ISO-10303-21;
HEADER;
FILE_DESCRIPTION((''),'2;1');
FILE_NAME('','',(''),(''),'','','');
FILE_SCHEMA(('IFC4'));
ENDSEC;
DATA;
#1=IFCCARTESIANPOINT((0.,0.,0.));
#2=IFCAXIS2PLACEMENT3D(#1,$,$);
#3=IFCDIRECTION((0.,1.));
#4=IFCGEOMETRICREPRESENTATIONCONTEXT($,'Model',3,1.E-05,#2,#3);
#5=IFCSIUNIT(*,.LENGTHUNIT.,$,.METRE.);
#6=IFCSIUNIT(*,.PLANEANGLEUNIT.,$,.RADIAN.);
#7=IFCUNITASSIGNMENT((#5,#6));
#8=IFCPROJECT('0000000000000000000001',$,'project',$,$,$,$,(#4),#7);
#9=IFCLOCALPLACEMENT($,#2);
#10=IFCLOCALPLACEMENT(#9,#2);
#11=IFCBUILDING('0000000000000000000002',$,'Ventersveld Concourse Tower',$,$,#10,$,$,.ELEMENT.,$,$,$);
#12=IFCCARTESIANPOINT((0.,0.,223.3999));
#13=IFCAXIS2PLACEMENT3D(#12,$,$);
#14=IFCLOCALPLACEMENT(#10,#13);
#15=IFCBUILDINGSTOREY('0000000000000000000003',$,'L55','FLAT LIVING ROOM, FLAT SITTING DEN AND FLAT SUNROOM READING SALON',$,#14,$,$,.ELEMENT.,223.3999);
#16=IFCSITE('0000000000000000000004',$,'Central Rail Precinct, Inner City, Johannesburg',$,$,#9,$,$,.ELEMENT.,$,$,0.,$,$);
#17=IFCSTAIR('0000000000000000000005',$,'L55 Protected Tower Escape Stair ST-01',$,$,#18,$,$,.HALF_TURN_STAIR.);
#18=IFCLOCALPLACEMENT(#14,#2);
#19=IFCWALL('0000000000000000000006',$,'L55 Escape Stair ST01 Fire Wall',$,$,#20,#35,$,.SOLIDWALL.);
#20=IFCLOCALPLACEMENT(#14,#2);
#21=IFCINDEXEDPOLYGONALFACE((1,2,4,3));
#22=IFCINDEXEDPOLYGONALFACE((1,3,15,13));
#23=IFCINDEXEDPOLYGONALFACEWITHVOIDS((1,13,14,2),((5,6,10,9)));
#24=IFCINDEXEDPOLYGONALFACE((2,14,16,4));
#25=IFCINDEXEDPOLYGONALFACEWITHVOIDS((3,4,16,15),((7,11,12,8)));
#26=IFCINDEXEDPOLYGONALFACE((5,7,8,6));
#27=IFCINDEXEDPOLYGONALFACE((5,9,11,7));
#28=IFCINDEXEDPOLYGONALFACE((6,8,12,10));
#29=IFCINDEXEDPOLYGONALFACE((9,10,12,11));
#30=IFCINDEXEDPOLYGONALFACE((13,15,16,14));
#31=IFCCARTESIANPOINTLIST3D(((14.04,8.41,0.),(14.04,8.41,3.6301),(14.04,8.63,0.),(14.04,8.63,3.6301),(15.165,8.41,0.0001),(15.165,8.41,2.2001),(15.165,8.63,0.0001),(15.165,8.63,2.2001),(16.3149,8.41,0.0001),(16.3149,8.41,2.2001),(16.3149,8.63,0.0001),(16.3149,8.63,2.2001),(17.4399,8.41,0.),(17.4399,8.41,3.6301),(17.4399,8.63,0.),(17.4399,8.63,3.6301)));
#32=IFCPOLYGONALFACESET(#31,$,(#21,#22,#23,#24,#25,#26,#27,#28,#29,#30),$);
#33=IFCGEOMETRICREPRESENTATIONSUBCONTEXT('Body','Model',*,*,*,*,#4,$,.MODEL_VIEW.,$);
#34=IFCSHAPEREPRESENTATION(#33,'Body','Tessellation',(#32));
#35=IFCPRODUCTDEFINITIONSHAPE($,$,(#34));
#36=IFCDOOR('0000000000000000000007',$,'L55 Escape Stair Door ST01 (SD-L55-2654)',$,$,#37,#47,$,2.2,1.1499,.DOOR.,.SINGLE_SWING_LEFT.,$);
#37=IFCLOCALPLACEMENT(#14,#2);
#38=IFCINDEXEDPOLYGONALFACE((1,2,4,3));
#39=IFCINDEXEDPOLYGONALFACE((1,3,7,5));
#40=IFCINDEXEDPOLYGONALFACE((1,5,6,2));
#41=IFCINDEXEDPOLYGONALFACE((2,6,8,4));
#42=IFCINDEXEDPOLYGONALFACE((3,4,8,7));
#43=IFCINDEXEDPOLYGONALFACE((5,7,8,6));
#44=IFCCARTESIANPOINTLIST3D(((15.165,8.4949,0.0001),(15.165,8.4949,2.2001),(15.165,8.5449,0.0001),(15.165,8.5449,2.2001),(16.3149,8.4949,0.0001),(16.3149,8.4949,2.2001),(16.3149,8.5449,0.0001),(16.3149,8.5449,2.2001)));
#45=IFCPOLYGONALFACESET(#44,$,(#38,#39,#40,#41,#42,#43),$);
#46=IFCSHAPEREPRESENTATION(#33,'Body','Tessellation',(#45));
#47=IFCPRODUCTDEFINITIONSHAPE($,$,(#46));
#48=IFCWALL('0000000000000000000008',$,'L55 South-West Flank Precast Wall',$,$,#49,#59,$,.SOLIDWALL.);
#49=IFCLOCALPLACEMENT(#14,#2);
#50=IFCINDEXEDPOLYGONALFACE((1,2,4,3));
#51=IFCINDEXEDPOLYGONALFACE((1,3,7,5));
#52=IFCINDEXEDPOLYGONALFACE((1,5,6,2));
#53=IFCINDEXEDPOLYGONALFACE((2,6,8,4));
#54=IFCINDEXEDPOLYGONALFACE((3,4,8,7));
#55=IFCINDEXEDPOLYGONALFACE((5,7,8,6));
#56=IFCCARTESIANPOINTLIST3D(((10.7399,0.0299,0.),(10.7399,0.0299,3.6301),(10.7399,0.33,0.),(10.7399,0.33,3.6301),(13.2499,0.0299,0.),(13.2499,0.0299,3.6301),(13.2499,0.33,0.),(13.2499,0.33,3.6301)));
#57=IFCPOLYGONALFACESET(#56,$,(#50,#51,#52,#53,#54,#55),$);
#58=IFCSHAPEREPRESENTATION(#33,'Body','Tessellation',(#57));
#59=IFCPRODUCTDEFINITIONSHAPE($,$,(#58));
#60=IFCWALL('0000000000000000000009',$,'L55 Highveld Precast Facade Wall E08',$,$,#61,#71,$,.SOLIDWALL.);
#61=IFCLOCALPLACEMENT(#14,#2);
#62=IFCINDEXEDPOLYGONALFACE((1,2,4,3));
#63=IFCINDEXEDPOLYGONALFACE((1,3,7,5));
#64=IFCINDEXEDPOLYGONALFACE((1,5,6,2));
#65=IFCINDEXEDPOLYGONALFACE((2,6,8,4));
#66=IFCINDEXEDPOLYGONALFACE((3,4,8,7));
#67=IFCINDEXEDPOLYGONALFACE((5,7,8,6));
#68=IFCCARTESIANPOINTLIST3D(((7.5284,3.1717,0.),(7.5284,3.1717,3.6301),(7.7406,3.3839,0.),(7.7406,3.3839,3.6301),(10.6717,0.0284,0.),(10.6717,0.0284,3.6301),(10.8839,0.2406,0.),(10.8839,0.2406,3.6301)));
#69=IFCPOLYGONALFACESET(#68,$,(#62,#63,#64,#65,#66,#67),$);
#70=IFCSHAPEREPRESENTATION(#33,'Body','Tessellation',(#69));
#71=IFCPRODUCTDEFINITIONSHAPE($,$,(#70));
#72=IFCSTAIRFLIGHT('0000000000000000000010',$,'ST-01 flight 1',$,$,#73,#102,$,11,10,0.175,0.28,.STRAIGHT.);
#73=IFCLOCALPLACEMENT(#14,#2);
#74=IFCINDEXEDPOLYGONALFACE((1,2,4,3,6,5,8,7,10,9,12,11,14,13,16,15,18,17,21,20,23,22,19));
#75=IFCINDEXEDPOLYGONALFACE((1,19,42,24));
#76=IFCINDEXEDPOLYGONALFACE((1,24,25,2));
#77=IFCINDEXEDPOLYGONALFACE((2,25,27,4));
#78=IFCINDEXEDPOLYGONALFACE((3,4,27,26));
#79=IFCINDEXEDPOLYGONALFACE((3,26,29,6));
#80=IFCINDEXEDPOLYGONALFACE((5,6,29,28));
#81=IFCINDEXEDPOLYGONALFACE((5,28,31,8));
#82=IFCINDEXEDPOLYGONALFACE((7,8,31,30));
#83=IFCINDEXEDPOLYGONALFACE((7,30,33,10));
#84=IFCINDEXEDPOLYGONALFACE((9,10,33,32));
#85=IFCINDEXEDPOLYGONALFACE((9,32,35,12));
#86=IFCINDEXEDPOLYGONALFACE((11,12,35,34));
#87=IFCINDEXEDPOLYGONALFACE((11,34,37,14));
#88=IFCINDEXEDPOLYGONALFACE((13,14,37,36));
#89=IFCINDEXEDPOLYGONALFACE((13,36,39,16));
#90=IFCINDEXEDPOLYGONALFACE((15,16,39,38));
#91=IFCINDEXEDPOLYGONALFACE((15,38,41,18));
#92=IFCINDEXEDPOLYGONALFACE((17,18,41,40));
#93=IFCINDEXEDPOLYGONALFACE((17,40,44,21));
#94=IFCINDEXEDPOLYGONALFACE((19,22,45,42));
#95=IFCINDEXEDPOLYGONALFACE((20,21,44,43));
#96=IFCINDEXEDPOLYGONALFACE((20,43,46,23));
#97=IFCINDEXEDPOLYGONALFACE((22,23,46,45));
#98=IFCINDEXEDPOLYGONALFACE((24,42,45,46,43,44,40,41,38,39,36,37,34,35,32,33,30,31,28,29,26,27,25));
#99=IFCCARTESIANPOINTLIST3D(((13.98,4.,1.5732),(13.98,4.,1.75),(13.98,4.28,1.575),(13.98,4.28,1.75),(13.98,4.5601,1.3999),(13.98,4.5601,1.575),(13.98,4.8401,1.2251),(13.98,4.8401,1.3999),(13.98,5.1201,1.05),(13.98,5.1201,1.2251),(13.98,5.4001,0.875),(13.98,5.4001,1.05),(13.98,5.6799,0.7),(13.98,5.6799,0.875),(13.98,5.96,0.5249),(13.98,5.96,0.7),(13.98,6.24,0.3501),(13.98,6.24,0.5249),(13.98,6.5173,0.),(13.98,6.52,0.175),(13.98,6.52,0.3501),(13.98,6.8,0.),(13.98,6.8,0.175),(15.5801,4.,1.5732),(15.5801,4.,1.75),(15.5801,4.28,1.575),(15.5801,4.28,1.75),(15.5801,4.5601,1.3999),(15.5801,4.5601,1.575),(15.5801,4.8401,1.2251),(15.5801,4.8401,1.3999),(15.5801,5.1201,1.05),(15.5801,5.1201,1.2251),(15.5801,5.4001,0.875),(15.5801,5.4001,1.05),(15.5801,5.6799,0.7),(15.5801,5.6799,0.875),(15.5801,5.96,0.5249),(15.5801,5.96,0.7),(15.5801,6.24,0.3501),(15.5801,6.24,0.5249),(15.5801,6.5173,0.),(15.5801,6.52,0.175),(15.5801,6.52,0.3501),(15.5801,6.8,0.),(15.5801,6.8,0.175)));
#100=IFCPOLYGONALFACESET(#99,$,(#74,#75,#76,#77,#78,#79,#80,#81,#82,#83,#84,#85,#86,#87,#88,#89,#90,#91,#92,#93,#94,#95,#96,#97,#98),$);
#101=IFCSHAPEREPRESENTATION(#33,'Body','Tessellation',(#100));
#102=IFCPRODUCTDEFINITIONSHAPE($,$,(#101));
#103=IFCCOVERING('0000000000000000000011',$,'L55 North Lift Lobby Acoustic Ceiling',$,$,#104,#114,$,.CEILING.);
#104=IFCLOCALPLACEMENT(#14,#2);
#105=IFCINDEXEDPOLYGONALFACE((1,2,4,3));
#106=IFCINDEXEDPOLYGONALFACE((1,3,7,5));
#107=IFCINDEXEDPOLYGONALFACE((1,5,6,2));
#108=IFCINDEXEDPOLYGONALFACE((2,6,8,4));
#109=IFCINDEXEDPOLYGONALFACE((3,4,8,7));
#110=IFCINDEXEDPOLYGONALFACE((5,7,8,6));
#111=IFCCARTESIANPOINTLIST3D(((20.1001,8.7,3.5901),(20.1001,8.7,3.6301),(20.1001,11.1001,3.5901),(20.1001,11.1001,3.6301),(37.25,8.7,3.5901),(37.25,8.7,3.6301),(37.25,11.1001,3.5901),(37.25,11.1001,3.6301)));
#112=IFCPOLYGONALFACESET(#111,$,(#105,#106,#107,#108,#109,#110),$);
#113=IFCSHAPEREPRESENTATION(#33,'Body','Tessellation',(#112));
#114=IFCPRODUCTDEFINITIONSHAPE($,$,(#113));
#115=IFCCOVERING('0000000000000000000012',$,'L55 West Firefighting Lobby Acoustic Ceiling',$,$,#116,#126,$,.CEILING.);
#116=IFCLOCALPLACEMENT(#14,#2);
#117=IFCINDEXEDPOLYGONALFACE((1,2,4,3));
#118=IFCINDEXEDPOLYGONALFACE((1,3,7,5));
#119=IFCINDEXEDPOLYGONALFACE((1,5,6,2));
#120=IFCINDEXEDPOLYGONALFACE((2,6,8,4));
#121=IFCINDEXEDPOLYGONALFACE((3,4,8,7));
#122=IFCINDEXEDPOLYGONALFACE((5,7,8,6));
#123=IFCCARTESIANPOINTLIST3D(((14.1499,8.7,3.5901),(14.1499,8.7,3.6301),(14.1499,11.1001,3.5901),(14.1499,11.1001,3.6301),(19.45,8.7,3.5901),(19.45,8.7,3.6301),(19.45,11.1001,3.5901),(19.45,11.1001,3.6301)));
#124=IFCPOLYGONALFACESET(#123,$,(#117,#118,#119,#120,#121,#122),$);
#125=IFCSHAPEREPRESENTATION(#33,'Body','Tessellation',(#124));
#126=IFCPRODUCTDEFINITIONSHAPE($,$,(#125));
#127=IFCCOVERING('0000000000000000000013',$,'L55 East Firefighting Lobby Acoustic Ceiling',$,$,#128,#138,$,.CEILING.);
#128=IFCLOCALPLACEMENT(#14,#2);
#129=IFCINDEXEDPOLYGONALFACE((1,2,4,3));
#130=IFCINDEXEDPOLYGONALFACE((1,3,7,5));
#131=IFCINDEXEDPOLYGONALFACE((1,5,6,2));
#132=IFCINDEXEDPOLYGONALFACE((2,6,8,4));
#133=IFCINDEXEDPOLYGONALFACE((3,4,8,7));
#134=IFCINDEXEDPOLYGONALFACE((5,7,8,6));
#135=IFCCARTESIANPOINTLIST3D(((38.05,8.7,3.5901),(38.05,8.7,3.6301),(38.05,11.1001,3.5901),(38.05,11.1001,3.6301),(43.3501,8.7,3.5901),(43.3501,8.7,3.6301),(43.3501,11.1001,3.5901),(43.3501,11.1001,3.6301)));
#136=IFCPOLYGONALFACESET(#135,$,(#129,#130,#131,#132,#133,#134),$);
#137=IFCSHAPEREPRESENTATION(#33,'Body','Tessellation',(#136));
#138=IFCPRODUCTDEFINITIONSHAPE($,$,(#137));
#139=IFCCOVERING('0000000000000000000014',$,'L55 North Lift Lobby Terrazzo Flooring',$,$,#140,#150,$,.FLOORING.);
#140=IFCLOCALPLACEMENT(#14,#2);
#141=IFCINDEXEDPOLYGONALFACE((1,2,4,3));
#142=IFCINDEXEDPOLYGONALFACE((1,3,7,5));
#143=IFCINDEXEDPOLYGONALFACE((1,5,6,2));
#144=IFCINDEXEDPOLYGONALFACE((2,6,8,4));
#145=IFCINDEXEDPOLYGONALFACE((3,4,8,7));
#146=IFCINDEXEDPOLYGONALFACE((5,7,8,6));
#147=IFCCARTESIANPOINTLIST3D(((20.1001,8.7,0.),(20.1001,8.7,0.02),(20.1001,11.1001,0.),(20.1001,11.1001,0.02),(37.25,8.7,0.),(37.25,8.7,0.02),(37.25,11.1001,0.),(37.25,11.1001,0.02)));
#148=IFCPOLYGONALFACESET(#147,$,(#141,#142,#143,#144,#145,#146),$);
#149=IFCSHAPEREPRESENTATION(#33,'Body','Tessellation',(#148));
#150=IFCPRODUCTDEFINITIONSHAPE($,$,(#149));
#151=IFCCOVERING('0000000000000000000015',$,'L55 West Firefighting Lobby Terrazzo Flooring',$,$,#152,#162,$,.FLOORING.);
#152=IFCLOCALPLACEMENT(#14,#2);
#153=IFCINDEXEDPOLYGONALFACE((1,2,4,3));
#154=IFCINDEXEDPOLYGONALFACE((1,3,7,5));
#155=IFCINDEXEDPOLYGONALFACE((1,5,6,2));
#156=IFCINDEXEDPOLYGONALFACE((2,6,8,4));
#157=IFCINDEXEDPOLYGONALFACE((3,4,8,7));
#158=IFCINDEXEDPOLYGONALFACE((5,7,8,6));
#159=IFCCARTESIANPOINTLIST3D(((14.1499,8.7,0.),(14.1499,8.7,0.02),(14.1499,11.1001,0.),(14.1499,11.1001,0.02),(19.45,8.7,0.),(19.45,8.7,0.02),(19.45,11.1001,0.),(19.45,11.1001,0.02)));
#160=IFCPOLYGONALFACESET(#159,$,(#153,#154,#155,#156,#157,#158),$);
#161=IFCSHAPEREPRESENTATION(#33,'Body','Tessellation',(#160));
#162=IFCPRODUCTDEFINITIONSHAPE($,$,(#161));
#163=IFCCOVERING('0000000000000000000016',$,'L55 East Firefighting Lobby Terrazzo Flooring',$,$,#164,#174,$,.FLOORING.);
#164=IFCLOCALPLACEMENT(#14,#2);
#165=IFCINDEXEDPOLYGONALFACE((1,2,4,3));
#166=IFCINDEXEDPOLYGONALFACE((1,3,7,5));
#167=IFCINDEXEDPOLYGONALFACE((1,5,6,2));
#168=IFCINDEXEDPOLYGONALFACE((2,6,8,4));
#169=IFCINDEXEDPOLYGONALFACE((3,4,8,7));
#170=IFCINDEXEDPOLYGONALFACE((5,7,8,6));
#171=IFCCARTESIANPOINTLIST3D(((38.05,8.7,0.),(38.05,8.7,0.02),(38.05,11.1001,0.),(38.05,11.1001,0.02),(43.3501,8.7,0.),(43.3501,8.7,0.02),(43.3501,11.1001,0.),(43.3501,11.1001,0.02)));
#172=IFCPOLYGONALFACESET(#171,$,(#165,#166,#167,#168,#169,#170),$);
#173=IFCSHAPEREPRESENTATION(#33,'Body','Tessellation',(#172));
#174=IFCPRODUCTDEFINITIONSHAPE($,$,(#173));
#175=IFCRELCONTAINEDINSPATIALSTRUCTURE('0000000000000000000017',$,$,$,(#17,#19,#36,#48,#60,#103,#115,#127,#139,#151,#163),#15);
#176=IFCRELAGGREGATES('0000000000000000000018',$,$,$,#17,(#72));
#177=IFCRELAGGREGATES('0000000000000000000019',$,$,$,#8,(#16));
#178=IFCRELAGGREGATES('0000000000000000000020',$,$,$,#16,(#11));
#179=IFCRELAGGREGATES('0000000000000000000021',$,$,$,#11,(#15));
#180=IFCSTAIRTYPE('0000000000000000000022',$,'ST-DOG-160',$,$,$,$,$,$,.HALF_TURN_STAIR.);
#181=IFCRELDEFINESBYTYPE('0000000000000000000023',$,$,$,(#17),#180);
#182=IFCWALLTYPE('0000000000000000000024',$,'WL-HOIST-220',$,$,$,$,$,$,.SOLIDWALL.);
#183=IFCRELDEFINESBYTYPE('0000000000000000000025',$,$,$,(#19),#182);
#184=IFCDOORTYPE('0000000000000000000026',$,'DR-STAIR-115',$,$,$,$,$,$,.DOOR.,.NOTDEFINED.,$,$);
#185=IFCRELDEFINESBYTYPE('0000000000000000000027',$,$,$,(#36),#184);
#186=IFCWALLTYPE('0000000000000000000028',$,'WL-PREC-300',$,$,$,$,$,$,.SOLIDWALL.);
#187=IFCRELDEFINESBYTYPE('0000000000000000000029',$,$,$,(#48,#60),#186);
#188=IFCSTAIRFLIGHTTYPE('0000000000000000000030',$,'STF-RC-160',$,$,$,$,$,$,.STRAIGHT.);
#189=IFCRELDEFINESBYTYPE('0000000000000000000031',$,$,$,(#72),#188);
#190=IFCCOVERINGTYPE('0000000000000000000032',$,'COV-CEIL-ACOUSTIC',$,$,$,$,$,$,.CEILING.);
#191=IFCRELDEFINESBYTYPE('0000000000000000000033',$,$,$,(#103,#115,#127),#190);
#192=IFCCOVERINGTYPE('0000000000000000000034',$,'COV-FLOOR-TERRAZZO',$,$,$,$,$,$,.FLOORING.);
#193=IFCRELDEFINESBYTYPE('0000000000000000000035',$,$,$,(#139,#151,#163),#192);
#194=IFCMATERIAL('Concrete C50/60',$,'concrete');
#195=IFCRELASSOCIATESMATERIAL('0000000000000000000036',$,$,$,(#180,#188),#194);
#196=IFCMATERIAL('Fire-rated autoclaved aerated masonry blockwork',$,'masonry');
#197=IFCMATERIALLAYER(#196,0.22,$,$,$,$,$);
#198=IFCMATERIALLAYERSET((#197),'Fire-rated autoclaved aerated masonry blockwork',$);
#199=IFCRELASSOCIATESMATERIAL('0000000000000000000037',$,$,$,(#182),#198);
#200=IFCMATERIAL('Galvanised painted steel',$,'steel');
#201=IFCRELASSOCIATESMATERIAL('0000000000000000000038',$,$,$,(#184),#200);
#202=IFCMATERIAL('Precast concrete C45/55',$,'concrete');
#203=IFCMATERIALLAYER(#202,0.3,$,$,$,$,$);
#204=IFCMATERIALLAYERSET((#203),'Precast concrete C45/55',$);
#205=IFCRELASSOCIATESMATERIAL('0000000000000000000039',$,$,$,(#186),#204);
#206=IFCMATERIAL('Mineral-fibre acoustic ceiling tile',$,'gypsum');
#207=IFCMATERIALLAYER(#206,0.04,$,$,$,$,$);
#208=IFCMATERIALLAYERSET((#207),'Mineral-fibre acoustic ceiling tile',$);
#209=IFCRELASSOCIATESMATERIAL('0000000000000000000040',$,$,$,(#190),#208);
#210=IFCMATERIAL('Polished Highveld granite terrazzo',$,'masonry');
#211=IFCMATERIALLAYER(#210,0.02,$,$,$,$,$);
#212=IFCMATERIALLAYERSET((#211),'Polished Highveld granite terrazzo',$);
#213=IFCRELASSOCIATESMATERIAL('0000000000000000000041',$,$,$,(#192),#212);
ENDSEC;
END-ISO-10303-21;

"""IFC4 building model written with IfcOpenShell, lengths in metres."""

from ifc_helpers import new_model, si_unit, direction, frame, frame_2d, origin, place, context, subcontext, project, spatial, polyline, rectangle, outline, extrude, material, layer, layer_set, type_object, element, fill, aggregate, save


model = new_model("IFC4")

# Units and contexts
model_context = context("Model", 3, precision=1e-05, world=origin(), true_north=direction((0.0, 1.0)))
body_context = subcontext(model_context, "Body", "Model", "MODEL_VIEW")
ifc_project = project(units=[si_unit("LENGTHUNIT", "METRE"), si_unit("PLANEANGLEUNIT", "RADIAN")], contexts=[model_context])

# Site, building, storey
site_placement = place(None, origin())
site = spatial("IfcSite", under=ifc_project, at=site_placement, Name="Central Rail Precinct, Inner City, Johannesburg", CompositionType="ELEMENT", RefElevation=0.0)
building_placement = place(site_placement, origin())
building = spatial("IfcBuilding", under=site, at=building_placement, Name="Ventersveld Concourse Tower", CompositionType="ELEMENT")
storey_placement = place(building_placement, frame((0.0, 0.0, 223.3999)))
storey = spatial("IfcBuildingStorey", under=building, at=storey_placement, Name="L55", Description="FLAT LIVING ROOM, FLAT SITTING DEN AND FLAT SUNROOM READING SALON", CompositionType="ELEMENT", Elevation=223.3999)

# Shared definitions
ifc_material_1 = material(Name="Concrete C50/60", Category="concrete")

# Stair
stair_type_1 = type_object("IfcStairType", Name="ST-DOG-160", PredefinedType="HALF_TURN_STAIR", material=ifc_material_1)
stair_1_placement = place(storey_placement, origin())
stair_1 = element("IfcStair", 1, at=stair_1_placement, inside=storey, type_object=stair_type_1, Name="L55 Protected Tower Escape Stair ST-01", PredefinedType="HALF_TURN_STAIR")

# Wall, opening, door
ifc_material_2 = material(Name="Fire-rated autoclaved aerated masonry blockwork", Category="masonry")
ifc_layer_1 = layer(ifc_material_2, 0.22)
ifc_layer_set_1 = layer_set([ifc_layer_1], Name="Fire-rated autoclaved aerated masonry blockwork")
wall_type_1 = type_object("IfcWallType", Name="WL-HOIST-220", PredefinedType="SOLIDWALL", material=ifc_layer_set_1)
wall_1_placement = place(storey_placement, frame((14.04, 8.52, 0.0), z_axis=(0.0, 0.0, 1.0), x_axis=(1.0, 0.0, 0.0)))
wall_1 = element("IfcWall", 2, at=wall_1_placement, inside=storey, type_object=wall_type_1, Name="L55 Escape Stair ST01 Fire Wall", PredefinedType="SOLIDWALL", context=body_context, shape_type="SweptSolid", body=[
    extrude(rectangle(XDim=3.3999, YDim=0.22, at=frame_2d((1.7, 0.0))), origin(), (0.0, 0.0, 1.0), 3.6301),
])
opening_placement = place(wall_1_placement, frame((1.125, 0.0, 0.0)))
opening = element("IfcOpeningElement", 3, at=opening_placement, cuts=wall_1, PredefinedType="OPENING", context=body_context, shape_type="SweptSolid", body=[
    extrude(rectangle(XDim=1.1499, YDim=2.2, at=frame_2d((0.575, 1.1001))), frame((0.0, 0.1201, 0.0), z_axis=(0.0, -1.0, 0.0), x_axis=(1.0, 0.0, 0.0)), (0.0, 0.0, 1.0), 0.24),
])
ifc_material_3 = material(Name="Galvanised painted steel", Category="steel")
door_type = type_object("IfcDoorType", Name="DR-STAIR-115", OperationType="NOTDEFINED", PredefinedType="DOOR", material=ifc_material_3)
door_placement = place(opening_placement, origin())
door = element("IfcDoor", 4, at=door_placement, inside=storey, type_object=door_type, Name="L55 Escape Stair Door ST01 (SD-L55-2654)", OperationType="SINGLE_SWING_LEFT", OverallHeight=2.2, OverallWidth=1.1499, PredefinedType="DOOR", context=body_context, shape_type="SweptSolid", body=[
    extrude(rectangle(XDim=1.1499, YDim=2.2, at=frame_2d((0.575, 1.1001))), frame((0.0, 0.0249, 0.0), z_axis=(0.0, -1.0, 0.0), x_axis=(1.0, 0.0, 0.0)), (0.0, 0.0, 1.0), 0.05),
])
fill(opening, door)

# Walls
ifc_material_4 = material(Name="Precast concrete C45/55", Category="concrete")
ifc_layer_2 = layer(ifc_material_4, 0.3)
ifc_layer_set_2 = layer_set([ifc_layer_2], Name="Precast concrete C45/55")
wall_type_2 = type_object("IfcWallType", Name="WL-PREC-300", PredefinedType="SOLIDWALL", material=ifc_layer_set_2)
wall_2_placement = place(storey_placement, frame((10.74, 0.1799, 0.0), z_axis=(0.0, 0.0, 1.0), x_axis=(1.0, 0.0, 0.0)))
element("IfcWall", 5, at=wall_2_placement, inside=storey, type_object=wall_type_2, Name="L55 South-West Flank Precast Wall", PredefinedType="SOLIDWALL", context=body_context, shape_type="SweptSolid", body=[
    extrude(rectangle(XDim=2.51, YDim=0.3, at=frame_2d((1.2549, 0.0))), origin(), (0.0, 0.0, 1.0), 3.6301),
])
wall_3_placement = place(storey_placement, frame((7.6345, 3.2778, 0.0), z_axis=(0.0, 0.0, 1.0), x_axis=(0.707107, -0.707107, 0.0)))
element("IfcWall", 6, at=wall_3_placement, inside=storey, type_object=wall_type_2, Name="L55 Highveld Precast Facade Wall E08", PredefinedType="SOLIDWALL", context=body_context, shape_type="SweptSolid", body=[
    extrude(rectangle(XDim=4.4453, YDim=0.3, at=frame_2d((2.2227, 0.0))), origin(), (0.0, 0.0, 1.0), 3.6301),
])

# Stair flight
stair_flight_type = type_object("IfcStairFlightType", Name="STF-RC-160", PredefinedType="STRAIGHT", material=ifc_material_1)
stair_flight_placement = place(storey_placement, frame((14.78, 6.8, 0.0), z_axis=(0.0, 0.0, 1.0), x_axis=(0.0, -1.0, 0.0)))
stair_flight = element("IfcStairFlight", 7, at=stair_flight_placement, type_object=stair_flight_type, Name="ST-01 flight 1", NumberOfRisers=11, NumberOfTreads=10, PredefinedType="STRAIGHT", RiserHeight=0.175, TreadLength=0.28, context=body_context, shape_type="SweptSolid", body=[
    extrude(outline(polyline([(0.0, 0.0), (0.0, 0.175), (0.28, 0.175), (0.28, 0.3501), (0.5601, 0.3501), (0.5601, 0.5249), (0.8401, 0.5249), (0.8401, 0.7), (1.1201, 0.7), (1.1201, 0.875), (1.3999, 0.875), (1.3999, 1.05), (1.6799, 1.05), (1.6799, 1.2251), (1.96, 1.2251), (1.96, 1.3999), (2.24, 1.3999), (2.24, 1.575), (2.52, 1.575), (2.52, 1.75), (2.8, 1.75), (2.8, 1.925), (2.8, 1.5732), (0.2827, 0.0), (0.0, 0.0)])), frame((0.0, 0.8, 0.0), z_axis=(0.0, -1.0, 0.0), x_axis=(1.0, 0.0, 0.0)), (0.0, 0.0, 1.0), 1.6001),
])
aggregate(stair_1, [stair_flight])

# Coverings
ifc_material_5 = material(Name="Mineral-fibre acoustic ceiling tile", Category="gypsum")
ifc_layer_3 = layer(ifc_material_5, 0.04)
ifc_layer_set_3 = layer_set([ifc_layer_3], Name="Mineral-fibre acoustic ceiling tile")
covering_type_1 = type_object("IfcCoveringType", Name="COV-CEIL-ACOUSTIC", PredefinedType="CEILING", material=ifc_layer_set_3)
covering_1_placement = place(storey_placement, frame((0.0, 0.0, 3.5901)))
element("IfcCovering", 8, at=covering_1_placement, inside=storey, type_object=covering_type_1, Name="L55 North Lift Lobby Acoustic Ceiling", PredefinedType="CEILING", context=body_context, shape_type="SweptSolid", body=[
    extrude(outline(polyline([(20.1001, 8.7), (37.25, 8.7), (37.25, 11.1001), (20.1001, 11.1001), (20.1001, 8.7)])), origin(), (0.0, 0.0, 1.0), 0.04),
])
covering_2_placement = place(storey_placement, frame((0.0, 0.0, 3.5901)))
element("IfcCovering", 9, at=covering_2_placement, inside=storey, type_object=covering_type_1, Name="L55 West Firefighting Lobby Acoustic Ceiling", PredefinedType="CEILING", context=body_context, shape_type="SweptSolid", body=[
    extrude(outline(polyline([(14.1499, 8.7), (19.45, 8.7), (19.45, 11.1001), (14.1499, 11.1001), (14.1499, 8.7)])), origin(), (0.0, 0.0, 1.0), 0.04),
])
covering_3_placement = place(storey_placement, frame((0.0, 0.0, 3.5901)))
element("IfcCovering", 10, at=covering_3_placement, inside=storey, type_object=covering_type_1, Name="L55 East Firefighting Lobby Acoustic Ceiling", PredefinedType="CEILING", context=body_context, shape_type="SweptSolid", body=[
    extrude(outline(polyline([(38.05, 8.7), (43.3501, 8.7), (43.3501, 11.1001), (38.05, 11.1001), (38.05, 8.7)])), origin(), (0.0, 0.0, 1.0), 0.04),
])
ifc_material_6 = material(Name="Polished Highveld granite terrazzo", Category="masonry")
ifc_layer_4 = layer(ifc_material_6, 0.02)
ifc_layer_set_4 = layer_set([ifc_layer_4], Name="Polished Highveld granite terrazzo")
covering_type_2 = type_object("IfcCoveringType", Name="COV-FLOOR-TERRAZZO", PredefinedType="FLOORING", material=ifc_layer_set_4)
covering_4_placement = place(storey_placement, origin())
element("IfcCovering", 11, at=covering_4_placement, inside=storey, type_object=covering_type_2, Name="L55 North Lift Lobby Terrazzo Flooring", PredefinedType="FLOORING", context=body_context, shape_type="SweptSolid", body=[
    extrude(outline(polyline([(20.1001, 8.7), (37.25, 8.7), (37.25, 11.1001), (20.1001, 11.1001), (20.1001, 8.7)])), origin(), (0.0, 0.0, 1.0), 0.02),
])
covering_5_placement = place(storey_placement, origin())
element("IfcCovering", 12, at=covering_5_placement, inside=storey, type_object=covering_type_2, Name="L55 West Firefighting Lobby Terrazzo Flooring", PredefinedType="FLOORING", context=body_context, shape_type="SweptSolid", body=[
    extrude(outline(polyline([(14.1499, 8.7), (19.45, 8.7), (19.45, 11.1001), (14.1499, 11.1001), (14.1499, 8.7)])), origin(), (0.0, 0.0, 1.0), 0.02),
])
covering_6_placement = place(storey_placement, origin())
element("IfcCovering", 13, at=covering_6_placement, inside=storey, type_object=covering_type_2, Name="L55 East Firefighting Lobby Terrazzo Flooring", PredefinedType="FLOORING", context=body_context, shape_type="SweptSolid", body=[
    extrude(outline(polyline([(38.05, 8.7), (43.3501, 8.7), (43.3501, 11.1001), (38.05, 11.1001), (38.05, 8.7)])), origin(), (0.0, 0.0, 1.0), 0.02),
])

save(model, "model.ifc")
